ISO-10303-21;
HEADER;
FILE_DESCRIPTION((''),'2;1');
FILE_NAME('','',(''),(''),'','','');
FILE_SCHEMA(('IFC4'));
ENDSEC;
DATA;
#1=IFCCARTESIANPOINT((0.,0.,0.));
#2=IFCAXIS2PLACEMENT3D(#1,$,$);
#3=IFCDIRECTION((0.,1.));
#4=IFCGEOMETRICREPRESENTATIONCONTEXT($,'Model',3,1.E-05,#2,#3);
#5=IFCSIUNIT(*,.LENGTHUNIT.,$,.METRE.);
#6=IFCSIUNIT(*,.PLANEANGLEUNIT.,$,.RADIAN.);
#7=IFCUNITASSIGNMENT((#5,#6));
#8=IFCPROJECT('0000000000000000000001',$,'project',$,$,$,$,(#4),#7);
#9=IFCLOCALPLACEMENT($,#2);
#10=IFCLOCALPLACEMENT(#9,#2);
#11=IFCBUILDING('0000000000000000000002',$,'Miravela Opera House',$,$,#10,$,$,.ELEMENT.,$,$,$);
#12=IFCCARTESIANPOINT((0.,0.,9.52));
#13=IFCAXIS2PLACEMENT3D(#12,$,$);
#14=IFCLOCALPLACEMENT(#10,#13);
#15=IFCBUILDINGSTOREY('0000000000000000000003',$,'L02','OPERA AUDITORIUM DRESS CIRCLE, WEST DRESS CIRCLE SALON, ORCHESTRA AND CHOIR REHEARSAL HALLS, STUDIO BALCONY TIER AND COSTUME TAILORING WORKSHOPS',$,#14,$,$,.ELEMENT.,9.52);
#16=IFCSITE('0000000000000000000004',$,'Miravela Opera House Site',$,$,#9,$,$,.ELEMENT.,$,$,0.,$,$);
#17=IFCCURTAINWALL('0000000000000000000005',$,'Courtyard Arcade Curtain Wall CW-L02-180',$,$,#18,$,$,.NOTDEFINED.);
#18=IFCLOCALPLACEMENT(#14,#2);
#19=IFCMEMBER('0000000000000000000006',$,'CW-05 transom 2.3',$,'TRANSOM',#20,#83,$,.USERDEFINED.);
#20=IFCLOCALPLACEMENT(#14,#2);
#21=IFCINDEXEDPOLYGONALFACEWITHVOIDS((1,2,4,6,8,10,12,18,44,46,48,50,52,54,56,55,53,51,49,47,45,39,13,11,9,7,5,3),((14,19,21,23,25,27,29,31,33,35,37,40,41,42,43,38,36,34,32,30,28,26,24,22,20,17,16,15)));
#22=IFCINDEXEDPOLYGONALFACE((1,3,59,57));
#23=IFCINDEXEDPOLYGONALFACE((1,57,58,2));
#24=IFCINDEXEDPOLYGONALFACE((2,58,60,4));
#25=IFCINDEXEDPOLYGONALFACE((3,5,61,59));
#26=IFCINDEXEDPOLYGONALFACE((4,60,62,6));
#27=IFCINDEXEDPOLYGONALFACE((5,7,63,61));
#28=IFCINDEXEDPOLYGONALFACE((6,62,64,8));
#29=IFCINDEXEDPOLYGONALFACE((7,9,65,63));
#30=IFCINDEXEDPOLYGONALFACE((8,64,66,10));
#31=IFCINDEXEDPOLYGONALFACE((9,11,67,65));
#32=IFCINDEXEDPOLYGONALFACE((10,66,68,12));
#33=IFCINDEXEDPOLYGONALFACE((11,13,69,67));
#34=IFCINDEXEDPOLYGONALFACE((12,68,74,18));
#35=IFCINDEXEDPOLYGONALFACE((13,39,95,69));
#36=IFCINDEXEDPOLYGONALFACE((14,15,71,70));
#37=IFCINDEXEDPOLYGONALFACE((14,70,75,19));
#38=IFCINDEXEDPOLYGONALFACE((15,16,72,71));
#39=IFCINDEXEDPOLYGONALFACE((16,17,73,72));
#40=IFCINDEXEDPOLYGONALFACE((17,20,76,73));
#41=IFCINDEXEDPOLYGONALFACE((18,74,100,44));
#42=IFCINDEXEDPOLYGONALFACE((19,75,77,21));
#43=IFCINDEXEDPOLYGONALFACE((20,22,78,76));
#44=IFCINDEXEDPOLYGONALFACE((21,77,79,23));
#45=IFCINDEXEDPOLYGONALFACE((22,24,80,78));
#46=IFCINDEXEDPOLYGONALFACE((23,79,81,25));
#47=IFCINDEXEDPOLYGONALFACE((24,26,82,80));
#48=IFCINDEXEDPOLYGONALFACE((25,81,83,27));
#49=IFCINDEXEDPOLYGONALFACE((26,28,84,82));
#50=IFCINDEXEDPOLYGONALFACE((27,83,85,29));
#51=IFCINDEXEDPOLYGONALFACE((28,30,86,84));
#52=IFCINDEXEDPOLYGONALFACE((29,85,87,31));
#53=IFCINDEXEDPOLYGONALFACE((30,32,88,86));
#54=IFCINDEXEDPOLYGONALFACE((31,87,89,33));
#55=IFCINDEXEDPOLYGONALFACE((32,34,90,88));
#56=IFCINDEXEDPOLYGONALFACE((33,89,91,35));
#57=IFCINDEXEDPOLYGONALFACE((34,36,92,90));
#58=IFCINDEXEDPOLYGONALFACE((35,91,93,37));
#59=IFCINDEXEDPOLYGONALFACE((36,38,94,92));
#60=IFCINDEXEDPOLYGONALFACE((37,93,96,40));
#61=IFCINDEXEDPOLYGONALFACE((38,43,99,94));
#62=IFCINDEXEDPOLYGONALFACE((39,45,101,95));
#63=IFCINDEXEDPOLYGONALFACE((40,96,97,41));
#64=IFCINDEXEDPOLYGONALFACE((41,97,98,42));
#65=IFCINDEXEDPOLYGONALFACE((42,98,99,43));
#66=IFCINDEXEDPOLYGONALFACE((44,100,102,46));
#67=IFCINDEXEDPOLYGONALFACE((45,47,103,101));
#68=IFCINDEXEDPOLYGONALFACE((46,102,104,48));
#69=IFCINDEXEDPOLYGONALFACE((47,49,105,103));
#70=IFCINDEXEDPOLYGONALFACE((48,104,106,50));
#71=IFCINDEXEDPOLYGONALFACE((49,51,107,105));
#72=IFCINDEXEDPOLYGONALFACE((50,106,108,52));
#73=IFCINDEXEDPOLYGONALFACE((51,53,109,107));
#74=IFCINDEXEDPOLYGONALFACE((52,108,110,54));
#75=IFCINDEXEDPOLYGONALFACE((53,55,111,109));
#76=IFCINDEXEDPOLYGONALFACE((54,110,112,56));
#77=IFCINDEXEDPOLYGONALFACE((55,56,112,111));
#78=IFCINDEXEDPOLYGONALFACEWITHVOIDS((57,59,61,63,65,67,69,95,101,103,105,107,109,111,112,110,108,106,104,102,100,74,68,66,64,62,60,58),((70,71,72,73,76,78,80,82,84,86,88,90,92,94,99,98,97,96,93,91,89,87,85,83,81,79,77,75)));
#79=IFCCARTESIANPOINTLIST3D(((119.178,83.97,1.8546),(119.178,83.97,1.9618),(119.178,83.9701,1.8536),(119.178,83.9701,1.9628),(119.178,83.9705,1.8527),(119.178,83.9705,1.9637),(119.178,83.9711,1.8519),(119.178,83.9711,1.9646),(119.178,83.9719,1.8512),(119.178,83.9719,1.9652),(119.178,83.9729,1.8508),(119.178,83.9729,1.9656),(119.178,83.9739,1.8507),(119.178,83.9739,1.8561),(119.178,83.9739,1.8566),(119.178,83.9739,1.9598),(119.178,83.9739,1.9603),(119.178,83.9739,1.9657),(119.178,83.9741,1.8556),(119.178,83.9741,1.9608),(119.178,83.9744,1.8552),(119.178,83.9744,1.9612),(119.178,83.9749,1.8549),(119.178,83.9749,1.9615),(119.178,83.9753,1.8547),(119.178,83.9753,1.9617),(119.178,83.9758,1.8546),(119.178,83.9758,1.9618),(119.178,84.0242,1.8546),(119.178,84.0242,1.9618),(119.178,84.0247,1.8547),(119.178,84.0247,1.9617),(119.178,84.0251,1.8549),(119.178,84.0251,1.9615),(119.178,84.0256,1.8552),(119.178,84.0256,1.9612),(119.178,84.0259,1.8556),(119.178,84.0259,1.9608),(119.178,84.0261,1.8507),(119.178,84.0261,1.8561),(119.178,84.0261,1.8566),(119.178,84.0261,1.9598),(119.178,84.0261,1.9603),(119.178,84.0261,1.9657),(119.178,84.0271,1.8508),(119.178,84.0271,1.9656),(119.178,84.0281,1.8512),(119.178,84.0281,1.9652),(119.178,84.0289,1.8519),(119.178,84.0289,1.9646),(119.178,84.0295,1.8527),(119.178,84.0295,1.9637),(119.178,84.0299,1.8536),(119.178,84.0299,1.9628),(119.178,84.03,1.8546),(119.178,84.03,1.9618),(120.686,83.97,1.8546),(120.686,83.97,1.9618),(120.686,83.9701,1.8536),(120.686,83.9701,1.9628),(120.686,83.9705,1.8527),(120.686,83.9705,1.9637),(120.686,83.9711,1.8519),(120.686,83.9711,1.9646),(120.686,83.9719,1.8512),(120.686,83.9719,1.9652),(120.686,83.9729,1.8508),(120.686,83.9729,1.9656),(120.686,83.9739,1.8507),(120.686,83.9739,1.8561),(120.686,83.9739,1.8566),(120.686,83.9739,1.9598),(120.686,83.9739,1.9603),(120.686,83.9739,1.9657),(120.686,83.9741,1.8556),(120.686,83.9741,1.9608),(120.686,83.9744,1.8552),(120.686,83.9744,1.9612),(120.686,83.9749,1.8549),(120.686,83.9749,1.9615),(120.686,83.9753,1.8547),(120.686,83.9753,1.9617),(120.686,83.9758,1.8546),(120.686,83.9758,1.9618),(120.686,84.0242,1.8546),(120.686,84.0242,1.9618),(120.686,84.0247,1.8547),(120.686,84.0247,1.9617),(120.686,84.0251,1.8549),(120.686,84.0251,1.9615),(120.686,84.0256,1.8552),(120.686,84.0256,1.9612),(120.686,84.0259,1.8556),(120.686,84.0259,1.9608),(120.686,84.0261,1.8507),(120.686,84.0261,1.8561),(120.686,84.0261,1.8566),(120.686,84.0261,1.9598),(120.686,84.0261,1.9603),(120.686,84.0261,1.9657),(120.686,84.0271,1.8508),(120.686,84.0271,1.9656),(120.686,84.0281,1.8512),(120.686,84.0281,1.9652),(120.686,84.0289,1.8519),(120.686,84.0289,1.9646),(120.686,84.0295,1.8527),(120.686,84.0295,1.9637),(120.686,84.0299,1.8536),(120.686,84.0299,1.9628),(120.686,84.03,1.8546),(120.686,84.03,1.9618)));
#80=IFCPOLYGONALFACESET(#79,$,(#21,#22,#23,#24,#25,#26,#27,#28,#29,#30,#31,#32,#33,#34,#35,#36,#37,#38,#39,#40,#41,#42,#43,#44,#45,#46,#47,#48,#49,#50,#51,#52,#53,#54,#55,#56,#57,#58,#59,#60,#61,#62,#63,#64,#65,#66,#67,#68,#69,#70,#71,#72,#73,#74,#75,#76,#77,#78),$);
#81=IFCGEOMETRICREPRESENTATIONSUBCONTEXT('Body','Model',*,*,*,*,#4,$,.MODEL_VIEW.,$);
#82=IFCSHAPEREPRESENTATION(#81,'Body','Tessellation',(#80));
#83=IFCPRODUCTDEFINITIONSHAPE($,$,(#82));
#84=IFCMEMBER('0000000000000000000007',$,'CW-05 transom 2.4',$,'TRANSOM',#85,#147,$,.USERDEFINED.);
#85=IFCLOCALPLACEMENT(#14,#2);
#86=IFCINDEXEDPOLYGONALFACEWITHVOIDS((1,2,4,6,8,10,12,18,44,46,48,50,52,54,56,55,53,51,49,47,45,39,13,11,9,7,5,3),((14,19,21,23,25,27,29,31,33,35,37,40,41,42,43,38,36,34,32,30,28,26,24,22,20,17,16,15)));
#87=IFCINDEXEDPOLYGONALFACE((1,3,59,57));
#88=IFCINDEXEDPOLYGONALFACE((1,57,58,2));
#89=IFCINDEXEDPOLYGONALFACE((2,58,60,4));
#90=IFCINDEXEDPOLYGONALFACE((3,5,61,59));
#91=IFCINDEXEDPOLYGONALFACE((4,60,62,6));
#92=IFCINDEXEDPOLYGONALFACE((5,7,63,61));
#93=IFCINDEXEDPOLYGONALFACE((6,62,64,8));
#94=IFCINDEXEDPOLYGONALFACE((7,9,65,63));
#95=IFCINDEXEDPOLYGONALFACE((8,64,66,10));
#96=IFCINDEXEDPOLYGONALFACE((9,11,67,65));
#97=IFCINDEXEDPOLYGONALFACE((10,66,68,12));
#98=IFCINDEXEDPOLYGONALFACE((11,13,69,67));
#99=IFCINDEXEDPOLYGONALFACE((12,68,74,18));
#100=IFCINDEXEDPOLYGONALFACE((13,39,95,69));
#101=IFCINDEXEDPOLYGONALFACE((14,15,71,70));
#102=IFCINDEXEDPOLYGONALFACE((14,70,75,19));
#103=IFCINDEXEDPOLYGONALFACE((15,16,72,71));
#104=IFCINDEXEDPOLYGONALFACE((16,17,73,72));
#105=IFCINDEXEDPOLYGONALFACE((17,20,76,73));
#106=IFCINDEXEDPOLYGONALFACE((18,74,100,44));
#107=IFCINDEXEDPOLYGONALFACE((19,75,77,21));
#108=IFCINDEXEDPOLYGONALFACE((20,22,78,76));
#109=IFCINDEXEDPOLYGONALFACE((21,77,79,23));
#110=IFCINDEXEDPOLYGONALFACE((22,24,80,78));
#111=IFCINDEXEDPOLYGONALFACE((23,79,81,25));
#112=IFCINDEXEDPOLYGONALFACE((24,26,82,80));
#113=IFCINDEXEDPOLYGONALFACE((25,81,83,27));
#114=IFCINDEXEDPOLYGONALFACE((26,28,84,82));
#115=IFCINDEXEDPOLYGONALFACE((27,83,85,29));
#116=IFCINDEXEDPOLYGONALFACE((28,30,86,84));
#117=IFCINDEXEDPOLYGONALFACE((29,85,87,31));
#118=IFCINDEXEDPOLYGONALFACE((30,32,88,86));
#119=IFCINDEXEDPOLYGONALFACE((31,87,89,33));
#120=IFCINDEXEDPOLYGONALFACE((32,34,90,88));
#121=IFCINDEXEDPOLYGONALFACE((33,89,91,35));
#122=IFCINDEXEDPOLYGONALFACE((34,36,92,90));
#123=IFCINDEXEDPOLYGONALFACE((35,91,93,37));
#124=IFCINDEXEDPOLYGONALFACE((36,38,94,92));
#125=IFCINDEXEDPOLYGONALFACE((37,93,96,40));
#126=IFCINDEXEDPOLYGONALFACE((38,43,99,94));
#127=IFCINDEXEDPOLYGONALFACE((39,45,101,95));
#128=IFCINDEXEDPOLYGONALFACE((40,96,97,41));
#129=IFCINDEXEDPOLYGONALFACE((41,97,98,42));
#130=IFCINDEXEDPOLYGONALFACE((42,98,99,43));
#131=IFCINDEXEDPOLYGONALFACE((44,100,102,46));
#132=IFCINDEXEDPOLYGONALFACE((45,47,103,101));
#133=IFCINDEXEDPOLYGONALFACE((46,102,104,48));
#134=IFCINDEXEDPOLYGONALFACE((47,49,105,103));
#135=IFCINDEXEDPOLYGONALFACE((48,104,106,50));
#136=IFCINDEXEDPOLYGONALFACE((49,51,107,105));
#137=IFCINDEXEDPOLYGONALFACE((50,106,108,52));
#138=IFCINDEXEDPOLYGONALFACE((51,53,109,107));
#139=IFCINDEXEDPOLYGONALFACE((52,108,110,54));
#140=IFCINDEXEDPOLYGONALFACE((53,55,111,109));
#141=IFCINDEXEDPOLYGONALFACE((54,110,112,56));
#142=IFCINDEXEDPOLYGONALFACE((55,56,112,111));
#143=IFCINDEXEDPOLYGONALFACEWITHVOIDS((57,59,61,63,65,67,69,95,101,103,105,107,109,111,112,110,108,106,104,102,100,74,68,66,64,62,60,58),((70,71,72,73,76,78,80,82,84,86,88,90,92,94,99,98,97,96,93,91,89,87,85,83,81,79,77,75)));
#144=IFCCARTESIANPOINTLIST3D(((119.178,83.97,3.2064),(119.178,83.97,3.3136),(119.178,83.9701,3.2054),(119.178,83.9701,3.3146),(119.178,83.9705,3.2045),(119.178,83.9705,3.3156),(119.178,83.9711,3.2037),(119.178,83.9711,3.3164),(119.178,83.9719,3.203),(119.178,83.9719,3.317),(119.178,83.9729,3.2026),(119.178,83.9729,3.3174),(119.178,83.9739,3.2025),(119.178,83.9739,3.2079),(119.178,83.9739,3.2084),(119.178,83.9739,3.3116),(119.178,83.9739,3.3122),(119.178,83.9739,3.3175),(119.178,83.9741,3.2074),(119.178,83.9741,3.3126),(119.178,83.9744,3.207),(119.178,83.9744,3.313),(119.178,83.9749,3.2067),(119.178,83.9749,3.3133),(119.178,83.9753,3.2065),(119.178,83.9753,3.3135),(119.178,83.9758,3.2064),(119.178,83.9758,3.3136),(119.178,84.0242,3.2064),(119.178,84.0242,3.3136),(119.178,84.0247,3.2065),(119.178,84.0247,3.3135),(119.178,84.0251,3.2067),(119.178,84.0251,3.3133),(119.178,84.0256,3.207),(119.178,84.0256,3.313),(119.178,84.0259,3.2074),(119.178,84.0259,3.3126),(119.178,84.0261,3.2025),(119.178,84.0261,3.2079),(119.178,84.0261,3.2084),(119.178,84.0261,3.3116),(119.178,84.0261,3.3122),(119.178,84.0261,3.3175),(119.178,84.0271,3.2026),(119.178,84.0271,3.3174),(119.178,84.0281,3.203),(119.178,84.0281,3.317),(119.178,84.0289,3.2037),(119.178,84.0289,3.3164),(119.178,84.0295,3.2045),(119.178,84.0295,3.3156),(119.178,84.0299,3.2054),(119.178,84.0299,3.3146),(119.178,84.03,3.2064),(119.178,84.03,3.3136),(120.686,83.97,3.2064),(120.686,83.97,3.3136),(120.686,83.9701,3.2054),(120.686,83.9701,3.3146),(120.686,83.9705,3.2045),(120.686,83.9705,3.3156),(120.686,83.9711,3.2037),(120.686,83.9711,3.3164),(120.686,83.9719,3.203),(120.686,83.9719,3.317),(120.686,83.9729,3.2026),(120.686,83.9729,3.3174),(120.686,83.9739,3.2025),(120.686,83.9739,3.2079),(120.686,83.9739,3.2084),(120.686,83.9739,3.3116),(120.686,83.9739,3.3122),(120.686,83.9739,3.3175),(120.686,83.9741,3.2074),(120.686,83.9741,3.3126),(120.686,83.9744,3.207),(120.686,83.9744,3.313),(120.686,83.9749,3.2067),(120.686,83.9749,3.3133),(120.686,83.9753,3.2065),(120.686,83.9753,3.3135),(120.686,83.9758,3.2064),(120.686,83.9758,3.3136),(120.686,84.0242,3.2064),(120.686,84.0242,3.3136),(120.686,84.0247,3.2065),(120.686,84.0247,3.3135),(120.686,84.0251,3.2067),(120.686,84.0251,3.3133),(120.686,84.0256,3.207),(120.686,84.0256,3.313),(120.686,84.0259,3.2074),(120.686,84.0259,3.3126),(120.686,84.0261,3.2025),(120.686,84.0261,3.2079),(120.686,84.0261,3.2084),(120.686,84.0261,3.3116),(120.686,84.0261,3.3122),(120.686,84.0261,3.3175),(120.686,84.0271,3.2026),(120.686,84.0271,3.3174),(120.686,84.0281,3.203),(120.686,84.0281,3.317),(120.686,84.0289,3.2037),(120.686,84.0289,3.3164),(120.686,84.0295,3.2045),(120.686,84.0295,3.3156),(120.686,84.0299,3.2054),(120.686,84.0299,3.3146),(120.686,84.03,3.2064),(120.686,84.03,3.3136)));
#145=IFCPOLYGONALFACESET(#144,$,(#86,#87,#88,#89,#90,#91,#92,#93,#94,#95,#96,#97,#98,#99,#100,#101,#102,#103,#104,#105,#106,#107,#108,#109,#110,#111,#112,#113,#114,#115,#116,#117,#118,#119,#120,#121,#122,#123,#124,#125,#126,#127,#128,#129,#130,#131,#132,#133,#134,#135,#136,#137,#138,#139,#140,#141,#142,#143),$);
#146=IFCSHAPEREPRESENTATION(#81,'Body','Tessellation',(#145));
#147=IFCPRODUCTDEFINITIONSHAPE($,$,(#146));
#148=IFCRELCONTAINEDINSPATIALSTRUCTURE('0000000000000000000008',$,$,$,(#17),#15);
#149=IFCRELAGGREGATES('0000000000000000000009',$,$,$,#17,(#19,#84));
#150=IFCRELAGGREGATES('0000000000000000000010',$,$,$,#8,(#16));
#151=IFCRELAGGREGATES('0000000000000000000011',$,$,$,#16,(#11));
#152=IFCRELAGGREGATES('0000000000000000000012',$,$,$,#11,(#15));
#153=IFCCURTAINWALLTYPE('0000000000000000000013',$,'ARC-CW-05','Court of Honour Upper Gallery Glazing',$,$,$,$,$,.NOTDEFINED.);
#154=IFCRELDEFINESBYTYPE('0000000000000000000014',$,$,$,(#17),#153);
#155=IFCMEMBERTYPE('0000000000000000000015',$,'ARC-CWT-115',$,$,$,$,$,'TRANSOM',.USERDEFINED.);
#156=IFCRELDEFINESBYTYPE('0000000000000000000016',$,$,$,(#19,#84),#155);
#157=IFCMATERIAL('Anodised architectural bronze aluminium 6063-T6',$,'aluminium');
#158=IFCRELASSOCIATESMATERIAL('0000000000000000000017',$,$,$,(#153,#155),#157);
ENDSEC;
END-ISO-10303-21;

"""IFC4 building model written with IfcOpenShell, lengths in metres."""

from ifc_helpers import new_model, si_unit, direction, frame, origin, origin_2d, place, context, subcontext, project, spatial, hollow_rectangle, extrude, material, material_profile, profile_set, type_object, element, aggregate, save


model = new_model("IFC4")

# Units and contexts
model_context = context("Model", 3, precision=1e-05, world=origin(), true_north=direction((0.0, 1.0)))
body_context = subcontext(model_context, "Body", "Model", "MODEL_VIEW")
ifc_project = project(units=[si_unit("LENGTHUNIT", "METRE"), si_unit("PLANEANGLEUNIT", "RADIAN")], contexts=[model_context])

# Site, building, storey
site_placement = place(None, origin())
site = spatial("IfcSite", under=ifc_project, at=site_placement, Name="Miravela Opera House Site", CompositionType="ELEMENT", RefElevation=0.0)
building_placement = place(site_placement, origin())
building = spatial("IfcBuilding", under=site, at=building_placement, Name="Miravela Opera House", CompositionType="ELEMENT")
storey_placement = place(building_placement, frame((0.0, 0.0, 9.52)))
storey = spatial("IfcBuildingStorey", under=building, at=storey_placement, Name="L02", Description="OPERA AUDITORIUM DRESS CIRCLE, WEST DRESS CIRCLE SALON, ORCHESTRA AND CHOIR REHEARSAL HALLS, STUDIO BALCONY TIER AND COSTUME TAILORING WORKSHOPS", CompositionType="ELEMENT", Elevation=9.52)

# Curtain wall, members
ifc_material_1 = material(Name="Anodised architectural bronze aluminium 6063-T6", Category="aluminium")
curtain_wall_type = type_object("IfcCurtainWallType", Name="ARC-CW-05", Description="Court of Honour Upper Gallery Glazing", PredefinedType="NOTDEFINED", material=ifc_material_1)
curtain_wall_placement = place(storey_placement, origin())
curtain_wall = element("IfcCurtainWall", 1, at=curtain_wall_placement, inside=storey, type_object=curtain_wall_type, Name="Courtyard Arcade Curtain Wall CW-L02-180", PredefinedType="NOTDEFINED")
ifc_material_profile_1 = material_profile(ifc_material_1, hollow_rectangle(XDim=0.0601, YDim=0.115, WallThickness=0.0039, InnerFilletRadius=0.002, OuterFilletRadius=0.0039, at=origin_2d()), Name="CWT-60X115")
ifc_profile_set_1 = profile_set([ifc_material_profile_1])
member_type_1 = type_object("IfcMemberType", Name="ARC-CWT-115", ElementType="TRANSOM", PredefinedType="USERDEFINED", material=ifc_profile_set_1)
member_1_placement = place(storey_placement, frame((119.178, 84.0, 1.9082), z_axis=(1.0, 0.0, 0.0), x_axis=(0.0, 1.0, 0.0)))
member_1 = element("IfcMember", 2, at=member_1_placement, type_object=member_type_1, Name="CW-05 transom 2.3", ObjectType="TRANSOM", PredefinedType="USERDEFINED", context=body_context, shape_type="SweptSolid", body=[
    extrude(hollow_rectangle(XDim=0.0601, YDim=0.115, WallThickness=0.0039, InnerFilletRadius=0.002, OuterFilletRadius=0.0039, at=origin_2d()), origin(), (0.0, 0.0, 1.0), 1.5081),
])
member_2_placement = place(storey_placement, frame((119.178, 84.0, 3.26), z_axis=(1.0, 0.0, 0.0), x_axis=(0.0, 1.0, 0.0)))
member_2 = element("IfcMember", 3, at=member_2_placement, type_object=member_type_1, Name="CW-05 transom 2.4", ObjectType="TRANSOM", PredefinedType="USERDEFINED", context=body_context, shape_type="SweptSolid", body=[
    extrude(hollow_rectangle(XDim=0.0601, YDim=0.115, WallThickness=0.0039, InnerFilletRadius=0.002, OuterFilletRadius=0.0039, at=origin_2d()), origin(), (0.0, 0.0, 1.0), 1.5081),
])
aggregate(curtain_wall, [member_1, member_2])

save(model, "model.ifc")
